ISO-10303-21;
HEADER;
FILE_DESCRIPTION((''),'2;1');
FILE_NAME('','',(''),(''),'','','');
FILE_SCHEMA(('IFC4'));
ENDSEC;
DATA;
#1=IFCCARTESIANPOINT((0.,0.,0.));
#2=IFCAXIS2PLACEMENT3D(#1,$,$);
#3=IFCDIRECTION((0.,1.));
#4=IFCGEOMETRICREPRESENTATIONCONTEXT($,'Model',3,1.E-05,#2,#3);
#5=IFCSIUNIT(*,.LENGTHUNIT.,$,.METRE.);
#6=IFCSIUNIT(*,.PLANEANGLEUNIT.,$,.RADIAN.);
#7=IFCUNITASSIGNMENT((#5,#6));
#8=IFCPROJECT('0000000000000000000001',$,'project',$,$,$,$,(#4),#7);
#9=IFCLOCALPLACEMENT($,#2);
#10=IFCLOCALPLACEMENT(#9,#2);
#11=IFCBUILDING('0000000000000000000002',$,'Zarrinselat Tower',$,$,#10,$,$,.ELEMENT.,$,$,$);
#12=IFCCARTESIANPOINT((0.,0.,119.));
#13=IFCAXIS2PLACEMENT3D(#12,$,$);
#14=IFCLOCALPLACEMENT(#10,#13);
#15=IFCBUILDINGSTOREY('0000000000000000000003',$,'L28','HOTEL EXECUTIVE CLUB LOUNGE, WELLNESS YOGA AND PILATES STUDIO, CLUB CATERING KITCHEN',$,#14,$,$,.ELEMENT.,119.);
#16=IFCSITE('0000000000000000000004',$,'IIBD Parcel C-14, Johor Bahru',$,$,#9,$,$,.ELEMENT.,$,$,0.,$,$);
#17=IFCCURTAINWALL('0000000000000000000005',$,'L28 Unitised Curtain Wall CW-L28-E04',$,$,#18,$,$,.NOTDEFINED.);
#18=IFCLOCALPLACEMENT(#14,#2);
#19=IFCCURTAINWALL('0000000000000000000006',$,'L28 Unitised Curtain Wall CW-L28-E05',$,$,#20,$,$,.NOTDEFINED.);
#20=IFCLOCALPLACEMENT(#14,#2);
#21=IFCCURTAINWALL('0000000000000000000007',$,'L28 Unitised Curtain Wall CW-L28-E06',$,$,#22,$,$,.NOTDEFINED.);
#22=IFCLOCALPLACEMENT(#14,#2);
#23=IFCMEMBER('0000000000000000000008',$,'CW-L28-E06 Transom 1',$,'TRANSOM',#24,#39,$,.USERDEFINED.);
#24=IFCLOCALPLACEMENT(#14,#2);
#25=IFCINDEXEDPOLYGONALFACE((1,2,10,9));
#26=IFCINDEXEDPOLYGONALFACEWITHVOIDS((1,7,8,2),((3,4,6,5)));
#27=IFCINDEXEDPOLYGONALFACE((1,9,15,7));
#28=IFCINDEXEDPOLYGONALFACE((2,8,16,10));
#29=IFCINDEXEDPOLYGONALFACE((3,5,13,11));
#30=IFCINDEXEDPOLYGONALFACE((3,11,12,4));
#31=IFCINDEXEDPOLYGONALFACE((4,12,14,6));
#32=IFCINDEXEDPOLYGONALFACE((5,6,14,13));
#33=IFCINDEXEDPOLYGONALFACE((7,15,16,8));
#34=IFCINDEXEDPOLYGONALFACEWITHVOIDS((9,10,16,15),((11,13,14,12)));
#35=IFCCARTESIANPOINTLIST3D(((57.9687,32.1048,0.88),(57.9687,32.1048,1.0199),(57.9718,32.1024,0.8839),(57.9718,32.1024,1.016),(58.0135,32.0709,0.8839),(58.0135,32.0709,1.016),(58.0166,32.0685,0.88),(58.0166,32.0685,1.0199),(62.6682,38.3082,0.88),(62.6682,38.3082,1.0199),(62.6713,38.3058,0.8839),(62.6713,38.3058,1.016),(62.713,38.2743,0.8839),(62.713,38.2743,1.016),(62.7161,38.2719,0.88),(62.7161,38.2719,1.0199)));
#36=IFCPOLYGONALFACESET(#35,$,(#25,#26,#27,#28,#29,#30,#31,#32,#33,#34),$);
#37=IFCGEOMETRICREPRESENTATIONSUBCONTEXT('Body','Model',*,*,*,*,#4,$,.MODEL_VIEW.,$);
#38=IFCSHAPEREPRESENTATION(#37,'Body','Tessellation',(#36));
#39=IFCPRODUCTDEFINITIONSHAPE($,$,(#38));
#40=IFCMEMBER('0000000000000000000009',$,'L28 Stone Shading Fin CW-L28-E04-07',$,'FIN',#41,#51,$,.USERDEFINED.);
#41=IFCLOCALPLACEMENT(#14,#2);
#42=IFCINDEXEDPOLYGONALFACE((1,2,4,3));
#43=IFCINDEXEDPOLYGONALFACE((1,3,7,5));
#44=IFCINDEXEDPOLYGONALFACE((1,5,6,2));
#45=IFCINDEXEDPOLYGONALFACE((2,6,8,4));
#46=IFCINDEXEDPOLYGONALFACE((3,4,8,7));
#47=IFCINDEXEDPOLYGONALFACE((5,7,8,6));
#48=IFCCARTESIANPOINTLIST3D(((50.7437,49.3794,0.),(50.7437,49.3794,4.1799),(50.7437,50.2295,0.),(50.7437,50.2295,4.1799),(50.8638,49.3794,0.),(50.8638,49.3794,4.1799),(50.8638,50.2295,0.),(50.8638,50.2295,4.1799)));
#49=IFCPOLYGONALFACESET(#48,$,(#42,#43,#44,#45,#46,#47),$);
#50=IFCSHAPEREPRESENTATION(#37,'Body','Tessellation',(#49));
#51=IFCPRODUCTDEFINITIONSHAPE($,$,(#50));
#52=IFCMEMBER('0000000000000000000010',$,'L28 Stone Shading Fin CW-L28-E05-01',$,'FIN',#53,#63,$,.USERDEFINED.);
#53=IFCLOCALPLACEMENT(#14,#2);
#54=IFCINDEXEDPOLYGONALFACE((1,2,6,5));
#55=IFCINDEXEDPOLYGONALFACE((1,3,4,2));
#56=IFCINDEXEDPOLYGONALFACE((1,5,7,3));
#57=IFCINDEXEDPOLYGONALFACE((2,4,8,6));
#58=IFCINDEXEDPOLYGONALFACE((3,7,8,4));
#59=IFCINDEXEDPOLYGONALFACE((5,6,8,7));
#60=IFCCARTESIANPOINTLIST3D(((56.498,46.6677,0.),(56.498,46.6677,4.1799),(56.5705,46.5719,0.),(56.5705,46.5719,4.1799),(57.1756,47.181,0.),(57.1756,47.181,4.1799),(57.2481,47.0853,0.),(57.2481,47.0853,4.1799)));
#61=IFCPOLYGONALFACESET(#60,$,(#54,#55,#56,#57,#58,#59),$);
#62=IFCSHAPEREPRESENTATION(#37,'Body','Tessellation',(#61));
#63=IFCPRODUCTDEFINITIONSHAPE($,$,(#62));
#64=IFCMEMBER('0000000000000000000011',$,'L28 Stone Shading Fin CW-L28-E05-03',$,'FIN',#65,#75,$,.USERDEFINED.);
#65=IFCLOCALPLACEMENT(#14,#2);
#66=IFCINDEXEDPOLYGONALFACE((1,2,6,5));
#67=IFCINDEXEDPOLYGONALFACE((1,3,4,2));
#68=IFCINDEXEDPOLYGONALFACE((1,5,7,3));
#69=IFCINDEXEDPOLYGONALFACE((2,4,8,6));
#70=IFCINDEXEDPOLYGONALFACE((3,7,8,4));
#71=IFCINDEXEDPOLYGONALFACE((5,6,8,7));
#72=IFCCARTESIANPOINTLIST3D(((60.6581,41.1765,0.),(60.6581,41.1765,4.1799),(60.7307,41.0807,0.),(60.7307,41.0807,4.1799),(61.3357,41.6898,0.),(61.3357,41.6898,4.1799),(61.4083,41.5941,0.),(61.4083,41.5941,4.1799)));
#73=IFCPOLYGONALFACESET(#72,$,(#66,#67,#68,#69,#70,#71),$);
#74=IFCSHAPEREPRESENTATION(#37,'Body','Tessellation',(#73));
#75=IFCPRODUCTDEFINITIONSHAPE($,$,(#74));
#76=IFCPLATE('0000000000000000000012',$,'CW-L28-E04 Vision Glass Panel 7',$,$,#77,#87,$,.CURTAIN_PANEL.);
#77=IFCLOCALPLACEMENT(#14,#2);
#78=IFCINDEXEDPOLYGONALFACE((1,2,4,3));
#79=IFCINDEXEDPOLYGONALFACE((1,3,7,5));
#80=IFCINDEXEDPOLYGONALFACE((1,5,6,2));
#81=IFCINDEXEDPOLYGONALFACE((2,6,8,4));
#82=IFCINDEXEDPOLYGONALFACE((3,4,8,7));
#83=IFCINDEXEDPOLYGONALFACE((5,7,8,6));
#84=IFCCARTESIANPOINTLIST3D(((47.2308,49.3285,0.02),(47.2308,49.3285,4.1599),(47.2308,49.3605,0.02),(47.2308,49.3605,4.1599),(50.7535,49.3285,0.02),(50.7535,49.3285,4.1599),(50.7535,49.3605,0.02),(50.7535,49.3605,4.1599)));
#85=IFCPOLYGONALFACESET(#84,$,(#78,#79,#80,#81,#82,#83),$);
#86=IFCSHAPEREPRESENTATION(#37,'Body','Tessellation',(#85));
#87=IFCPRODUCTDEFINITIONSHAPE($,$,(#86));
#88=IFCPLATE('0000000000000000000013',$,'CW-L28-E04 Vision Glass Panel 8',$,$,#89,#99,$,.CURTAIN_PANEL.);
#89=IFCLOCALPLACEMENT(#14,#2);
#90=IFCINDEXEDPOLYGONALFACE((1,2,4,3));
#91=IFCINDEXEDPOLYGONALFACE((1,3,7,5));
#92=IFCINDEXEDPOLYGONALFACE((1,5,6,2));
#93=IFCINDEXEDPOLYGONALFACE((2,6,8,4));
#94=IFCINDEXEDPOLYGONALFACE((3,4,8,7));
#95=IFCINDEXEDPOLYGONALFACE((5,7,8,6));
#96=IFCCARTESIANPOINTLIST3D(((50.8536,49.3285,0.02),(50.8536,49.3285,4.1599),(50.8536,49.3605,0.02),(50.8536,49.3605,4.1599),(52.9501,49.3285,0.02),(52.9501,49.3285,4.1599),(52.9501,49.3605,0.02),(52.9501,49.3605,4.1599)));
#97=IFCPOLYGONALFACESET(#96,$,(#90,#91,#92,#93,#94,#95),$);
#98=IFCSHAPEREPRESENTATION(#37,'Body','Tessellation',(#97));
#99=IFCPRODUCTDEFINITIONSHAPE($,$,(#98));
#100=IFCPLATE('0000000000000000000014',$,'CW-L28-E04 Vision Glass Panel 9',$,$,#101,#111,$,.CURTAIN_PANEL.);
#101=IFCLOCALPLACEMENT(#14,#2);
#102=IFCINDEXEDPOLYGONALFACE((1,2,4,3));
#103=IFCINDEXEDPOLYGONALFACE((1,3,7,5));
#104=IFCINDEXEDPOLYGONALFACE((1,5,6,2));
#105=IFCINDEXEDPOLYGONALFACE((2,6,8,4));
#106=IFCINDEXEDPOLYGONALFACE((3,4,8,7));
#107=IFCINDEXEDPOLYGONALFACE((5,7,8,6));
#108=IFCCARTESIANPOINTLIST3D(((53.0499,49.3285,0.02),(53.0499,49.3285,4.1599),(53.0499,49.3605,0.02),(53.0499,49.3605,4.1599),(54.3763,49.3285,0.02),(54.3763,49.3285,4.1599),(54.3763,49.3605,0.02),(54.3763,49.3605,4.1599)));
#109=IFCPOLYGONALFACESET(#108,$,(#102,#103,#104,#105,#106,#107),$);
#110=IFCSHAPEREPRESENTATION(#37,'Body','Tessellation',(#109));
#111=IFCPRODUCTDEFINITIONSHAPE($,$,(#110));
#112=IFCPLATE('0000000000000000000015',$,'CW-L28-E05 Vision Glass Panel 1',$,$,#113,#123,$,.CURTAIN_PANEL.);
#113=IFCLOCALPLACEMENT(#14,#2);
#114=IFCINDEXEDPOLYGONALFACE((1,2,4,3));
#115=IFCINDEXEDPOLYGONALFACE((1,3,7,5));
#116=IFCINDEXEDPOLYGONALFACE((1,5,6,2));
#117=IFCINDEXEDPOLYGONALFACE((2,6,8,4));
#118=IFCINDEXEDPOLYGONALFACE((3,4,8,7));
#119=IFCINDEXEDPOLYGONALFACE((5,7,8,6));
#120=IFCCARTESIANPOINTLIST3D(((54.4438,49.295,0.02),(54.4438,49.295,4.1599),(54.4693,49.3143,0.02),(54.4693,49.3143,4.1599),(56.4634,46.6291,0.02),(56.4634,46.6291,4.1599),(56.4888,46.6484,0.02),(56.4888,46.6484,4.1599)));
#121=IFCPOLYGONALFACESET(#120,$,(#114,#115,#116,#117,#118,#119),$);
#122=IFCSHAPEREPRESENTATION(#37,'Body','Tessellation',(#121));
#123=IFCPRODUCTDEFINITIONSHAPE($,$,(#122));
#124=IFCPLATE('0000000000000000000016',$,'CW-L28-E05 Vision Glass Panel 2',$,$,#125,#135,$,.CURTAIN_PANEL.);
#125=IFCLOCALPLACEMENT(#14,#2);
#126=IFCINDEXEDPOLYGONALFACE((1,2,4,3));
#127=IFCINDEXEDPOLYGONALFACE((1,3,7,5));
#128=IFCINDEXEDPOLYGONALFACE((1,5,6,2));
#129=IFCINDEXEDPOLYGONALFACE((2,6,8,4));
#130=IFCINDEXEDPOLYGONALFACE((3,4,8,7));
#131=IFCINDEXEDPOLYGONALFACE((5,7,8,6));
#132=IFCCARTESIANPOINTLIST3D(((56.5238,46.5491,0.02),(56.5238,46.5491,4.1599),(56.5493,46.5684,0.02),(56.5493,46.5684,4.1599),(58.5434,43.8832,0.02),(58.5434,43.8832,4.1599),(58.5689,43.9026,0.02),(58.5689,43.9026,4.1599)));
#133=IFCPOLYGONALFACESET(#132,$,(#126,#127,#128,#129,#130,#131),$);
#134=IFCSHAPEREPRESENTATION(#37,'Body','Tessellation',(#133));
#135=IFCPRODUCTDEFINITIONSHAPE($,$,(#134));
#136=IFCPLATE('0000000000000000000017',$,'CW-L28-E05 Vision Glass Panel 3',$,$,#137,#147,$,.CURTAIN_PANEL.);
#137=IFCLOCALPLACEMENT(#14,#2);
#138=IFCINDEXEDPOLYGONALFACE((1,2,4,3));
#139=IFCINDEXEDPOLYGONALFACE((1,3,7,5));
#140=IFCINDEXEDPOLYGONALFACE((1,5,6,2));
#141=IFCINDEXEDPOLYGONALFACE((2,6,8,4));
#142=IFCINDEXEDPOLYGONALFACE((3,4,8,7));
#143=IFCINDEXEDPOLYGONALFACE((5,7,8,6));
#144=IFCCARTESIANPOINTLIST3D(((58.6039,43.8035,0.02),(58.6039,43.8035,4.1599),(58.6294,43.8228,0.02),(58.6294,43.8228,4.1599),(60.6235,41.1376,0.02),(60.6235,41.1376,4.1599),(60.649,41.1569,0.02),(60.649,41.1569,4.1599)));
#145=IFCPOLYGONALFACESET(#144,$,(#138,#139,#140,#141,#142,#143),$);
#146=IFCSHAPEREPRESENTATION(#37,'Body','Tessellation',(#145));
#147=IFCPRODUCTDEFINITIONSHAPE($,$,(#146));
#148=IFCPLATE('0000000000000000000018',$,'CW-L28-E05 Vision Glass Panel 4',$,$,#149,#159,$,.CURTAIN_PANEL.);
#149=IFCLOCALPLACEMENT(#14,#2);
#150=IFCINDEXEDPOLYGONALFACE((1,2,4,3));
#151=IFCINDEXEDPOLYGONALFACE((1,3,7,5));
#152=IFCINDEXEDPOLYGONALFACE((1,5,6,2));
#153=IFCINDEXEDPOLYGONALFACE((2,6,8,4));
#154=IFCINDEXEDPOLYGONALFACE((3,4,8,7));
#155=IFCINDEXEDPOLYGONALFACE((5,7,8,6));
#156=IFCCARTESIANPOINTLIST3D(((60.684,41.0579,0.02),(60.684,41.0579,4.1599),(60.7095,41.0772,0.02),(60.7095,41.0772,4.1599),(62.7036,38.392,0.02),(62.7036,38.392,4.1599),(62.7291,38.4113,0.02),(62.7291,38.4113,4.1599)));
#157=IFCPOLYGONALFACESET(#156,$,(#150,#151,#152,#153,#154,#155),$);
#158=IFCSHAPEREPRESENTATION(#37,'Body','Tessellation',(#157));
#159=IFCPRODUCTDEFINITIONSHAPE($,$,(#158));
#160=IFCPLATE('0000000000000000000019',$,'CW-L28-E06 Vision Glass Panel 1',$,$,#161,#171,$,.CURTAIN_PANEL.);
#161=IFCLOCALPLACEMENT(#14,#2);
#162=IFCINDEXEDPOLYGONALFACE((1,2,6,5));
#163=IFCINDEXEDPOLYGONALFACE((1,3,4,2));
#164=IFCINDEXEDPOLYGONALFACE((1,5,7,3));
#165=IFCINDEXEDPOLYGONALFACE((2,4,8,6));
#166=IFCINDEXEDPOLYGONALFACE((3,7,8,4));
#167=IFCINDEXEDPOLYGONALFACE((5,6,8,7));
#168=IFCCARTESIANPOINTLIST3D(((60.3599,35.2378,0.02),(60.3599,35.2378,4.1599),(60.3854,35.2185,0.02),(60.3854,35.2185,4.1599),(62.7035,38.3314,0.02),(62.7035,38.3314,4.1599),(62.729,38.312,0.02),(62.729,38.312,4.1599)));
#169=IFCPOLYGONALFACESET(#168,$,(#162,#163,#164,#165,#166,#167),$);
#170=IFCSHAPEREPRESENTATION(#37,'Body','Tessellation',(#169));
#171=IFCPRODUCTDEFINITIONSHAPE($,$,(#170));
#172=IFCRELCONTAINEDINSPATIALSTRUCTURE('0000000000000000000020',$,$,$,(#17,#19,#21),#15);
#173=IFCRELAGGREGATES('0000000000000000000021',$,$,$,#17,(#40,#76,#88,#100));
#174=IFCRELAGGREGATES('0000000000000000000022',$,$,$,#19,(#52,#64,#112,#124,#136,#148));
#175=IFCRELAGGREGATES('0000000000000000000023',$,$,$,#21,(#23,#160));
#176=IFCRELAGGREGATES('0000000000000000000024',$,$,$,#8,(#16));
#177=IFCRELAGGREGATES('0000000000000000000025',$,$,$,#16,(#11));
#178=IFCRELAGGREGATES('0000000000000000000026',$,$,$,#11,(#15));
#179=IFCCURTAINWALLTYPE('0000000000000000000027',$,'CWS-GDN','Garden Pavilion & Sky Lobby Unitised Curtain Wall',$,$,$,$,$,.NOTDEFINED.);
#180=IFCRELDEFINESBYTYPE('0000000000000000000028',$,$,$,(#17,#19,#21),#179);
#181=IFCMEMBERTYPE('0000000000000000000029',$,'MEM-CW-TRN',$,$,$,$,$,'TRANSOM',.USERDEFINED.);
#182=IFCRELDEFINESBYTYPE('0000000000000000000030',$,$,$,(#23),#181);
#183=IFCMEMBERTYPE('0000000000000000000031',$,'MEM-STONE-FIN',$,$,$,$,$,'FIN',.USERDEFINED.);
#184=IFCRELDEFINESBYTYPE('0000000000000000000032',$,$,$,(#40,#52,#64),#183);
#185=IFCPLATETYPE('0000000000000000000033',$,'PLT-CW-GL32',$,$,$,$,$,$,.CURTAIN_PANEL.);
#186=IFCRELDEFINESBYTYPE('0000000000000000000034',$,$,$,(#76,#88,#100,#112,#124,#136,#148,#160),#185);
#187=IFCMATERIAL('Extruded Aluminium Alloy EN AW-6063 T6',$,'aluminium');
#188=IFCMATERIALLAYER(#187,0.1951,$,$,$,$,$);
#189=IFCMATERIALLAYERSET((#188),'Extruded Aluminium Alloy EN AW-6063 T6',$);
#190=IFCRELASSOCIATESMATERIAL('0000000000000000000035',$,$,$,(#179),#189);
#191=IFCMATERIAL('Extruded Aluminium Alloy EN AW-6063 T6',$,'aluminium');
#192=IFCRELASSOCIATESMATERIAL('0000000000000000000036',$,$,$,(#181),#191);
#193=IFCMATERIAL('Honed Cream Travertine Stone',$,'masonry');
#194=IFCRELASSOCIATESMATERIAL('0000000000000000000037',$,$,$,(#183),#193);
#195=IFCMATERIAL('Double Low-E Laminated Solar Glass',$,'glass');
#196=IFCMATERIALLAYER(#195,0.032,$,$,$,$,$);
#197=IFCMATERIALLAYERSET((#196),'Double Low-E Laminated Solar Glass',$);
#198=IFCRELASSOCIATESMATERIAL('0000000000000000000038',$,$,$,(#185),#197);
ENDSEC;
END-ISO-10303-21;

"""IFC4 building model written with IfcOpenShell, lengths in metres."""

from ifc_helpers import new_model, si_unit, direction, frame, origin, origin_2d, place, context, subcontext, project, spatial, rectangle, hollow_rectangle, extrude, material, layer, layer_set, material_profile, profile_set, type_object, element, aggregate, save


model = new_model("IFC4")

# Units and contexts
model_context = context("Model", 3, precision=1e-05, world=origin(), true_north=direction((0.0, 1.0)))
body_context = subcontext(model_context, "Body", "Model", "MODEL_VIEW")
ifc_project = project(units=[si_unit("LENGTHUNIT", "METRE"), si_unit("PLANEANGLEUNIT", "RADIAN")], contexts=[model_context])

# Site, building, storey
site_placement = place(None, origin())
site = spatial("IfcSite", under=ifc_project, at=site_placement, Name="IIBD Parcel C-14, Johor Bahru", CompositionType="ELEMENT", RefElevation=0.0)
building_placement = place(site_placement, origin())
building = spatial("IfcBuilding", under=site, at=building_placement, Name="Zarrinselat Tower", CompositionType="ELEMENT")
storey_placement = place(building_placement, frame((0.0, 0.0, 119.0)))
storey = spatial("IfcBuildingStorey", under=building, at=storey_placement, Name="L28", Description="HOTEL EXECUTIVE CLUB LOUNGE, WELLNESS YOGA AND PILATES STUDIO, CLUB CATERING KITCHEN", CompositionType="ELEMENT", Elevation=119.0)

# Curtain walls
ifc_material_1 = material(Name="Extruded Aluminium Alloy EN AW-6063 T6", Category="aluminium")
ifc_layer_1 = layer(ifc_material_1, 0.1951)
ifc_layer_set_1 = layer_set([ifc_layer_1], Name="Extruded Aluminium Alloy EN AW-6063 T6")
curtain_wall_type = type_object("IfcCurtainWallType", Name="CWS-GDN", Description="Garden Pavilion & Sky Lobby Unitised Curtain Wall", PredefinedType="NOTDEFINED", material=ifc_layer_set_1)
curtain_wall_1_placement = place(storey_placement, origin())
curtain_wall_1 = element("IfcCurtainWall", 1, at=curtain_wall_1_placement, inside=storey, type_object=curtain_wall_type, Name="L28 Unitised Curtain Wall CW-L28-E04", PredefinedType="NOTDEFINED")
curtain_wall_2_placement = place(storey_placement, origin())
curtain_wall_2 = element("IfcCurtainWall", 2, at=curtain_wall_2_placement, inside=storey, type_object=curtain_wall_type, Name="L28 Unitised Curtain Wall CW-L28-E05", PredefinedType="NOTDEFINED")
ifc_material_2 = material(Name="Extruded Aluminium Alloy EN AW-6063 T6", Category="aluminium")
ifc_material_profile_1 = material_profile(ifc_material_2, hollow_rectangle(XDim=0.0601, YDim=0.1399, WallThickness=0.0039, at=origin_2d()), Name="RHS 140x60x4")
ifc_profile_set_1 = profile_set([ifc_material_profile_1], Name="Extruded Aluminium Alloy EN AW-6063 T6")
member_type_1 = type_object("IfcMemberType", Name="MEM-CW-TRN", ElementType="TRANSOM", PredefinedType="USERDEFINED", material=ifc_profile_set_1)

# Curtain wall, member
curtain_wall_3_placement = place(storey_placement, origin())
curtain_wall_3 = element("IfcCurtainWall", 3, at=curtain_wall_3_placement, inside=storey, type_object=curtain_wall_type, Name="L28 Unitised Curtain Wall CW-L28-E06", PredefinedType="NOTDEFINED")
member_1_placement = place(storey_placement, frame((62.6921, 38.29, 0.95), z_axis=(-0.603853, -0.797096, 0.0), x_axis=(0.797096, -0.603853, 0.0)))
member_1 = element("IfcMember", 4, at=member_1_placement, type_object=member_type_1, Name="CW-L28-E06 Transom 1", ObjectType="TRANSOM", PredefinedType="USERDEFINED", context=body_context, shape_type="SweptSolid", body=[
    extrude(hollow_rectangle(XDim=0.0601, YDim=0.1399, WallThickness=0.0039, at=origin_2d()), origin(), (0.0, 0.0, 1.0), 7.7825),
])

# Members
ifc_material_3 = material(Name="Honed Cream Travertine Stone", Category="masonry")
ifc_material_profile_2 = material_profile(ifc_material_3, rectangle(XDim=0.1201, YDim=0.8501, at=origin_2d()), Name="FIN 850x120")
ifc_profile_set_2 = profile_set([ifc_material_profile_2], Name="Honed Cream Travertine Stone")
member_type_2 = type_object("IfcMemberType", Name="MEM-STONE-FIN", ElementType="FIN", PredefinedType="USERDEFINED", material=ifc_profile_set_2)
member_2_placement = place(storey_placement, frame((50.8037, 49.8044, 0.0), z_axis=(0.0, 0.0, 1.0), x_axis=(1.0, 0.0, 0.0)))
member_2 = element("IfcMember", 5, at=member_2_placement, type_object=member_type_2, Name="L28 Stone Shading Fin CW-L28-E04-07", ObjectType="FIN", PredefinedType="USERDEFINED", context=body_context, shape_type="SweptSolid", body=[
    extrude(rectangle(XDim=0.1201, YDim=0.8501, at=origin_2d()), origin(), (0.0, 0.0, 1.0), 4.1799),
])
member_3_placement = place(storey_placement, frame((56.873, 46.8765, 0.0), z_axis=(0.0, 0.0, 1.0), x_axis=(0.603856, -0.797093, 0.0)))
member_3 = element("IfcMember", 6, at=member_3_placement, type_object=member_type_2, Name="L28 Stone Shading Fin CW-L28-E05-01", ObjectType="FIN", PredefinedType="USERDEFINED", context=body_context, shape_type="SweptSolid", body=[
    extrude(rectangle(XDim=0.1201, YDim=0.8501, at=origin_2d()), origin(), (0.0, 0.0, 1.0), 4.1799),
])
member_4_placement = place(storey_placement, frame((61.0332, 41.3853, 0.0), z_axis=(0.0, 0.0, 1.0), x_axis=(0.603856, -0.797093, 0.0)))
member_4 = element("IfcMember", 7, at=member_4_placement, type_object=member_type_2, Name="L28 Stone Shading Fin CW-L28-E05-03", ObjectType="FIN", PredefinedType="USERDEFINED", context=body_context, shape_type="SweptSolid", body=[
    extrude(rectangle(XDim=0.1201, YDim=0.8501, at=origin_2d()), origin(), (0.0, 0.0, 1.0), 4.1799),
])

# Plates
ifc_material_4 = material(Name="Double Low-E Laminated Solar Glass", Category="glass")
ifc_layer_2 = layer(ifc_material_4, 0.032)
ifc_layer_set_2 = layer_set([ifc_layer_2], Name="Double Low-E Laminated Solar Glass")
plate_type = type_object("IfcPlateType", Name="PLT-CW-GL32", PredefinedType="CURTAIN_PANEL", material=ifc_layer_set_2)
plate_1_placement = place(storey_placement, frame((48.9922, 49.3445, 0.02), z_axis=(0.0, 0.0, 1.0), x_axis=(1.0, 0.0, 0.0)))
plate_1 = element("IfcPlate", 8, at=plate_1_placement, type_object=plate_type, Name="CW-L28-E04 Vision Glass Panel 7", PredefinedType="CURTAIN_PANEL", context=body_context, shape_type="SweptSolid", body=[
    extrude(rectangle(XDim=3.5227, YDim=0.032, at=origin_2d()), origin(), (0.0, 0.0, 1.0), 4.1399),
])
plate_2_placement = place(storey_placement, frame((51.9019, 49.3445, 0.02), z_axis=(0.0, 0.0, 1.0), x_axis=(1.0, 0.0, 0.0)))
plate_2 = element("IfcPlate", 9, at=plate_2_placement, type_object=plate_type, Name="CW-L28-E04 Vision Glass Panel 8", PredefinedType="CURTAIN_PANEL", context=body_context, shape_type="SweptSolid", body=[
    extrude(rectangle(XDim=2.0964, YDim=0.032, at=origin_2d()), origin(), (0.0, 0.0, 1.0), 4.1399),
])
plate_3_placement = place(storey_placement, frame((53.7131, 49.3445, 0.02), z_axis=(0.0, 0.0, 1.0), x_axis=(1.0, 0.0, 0.0)))
plate_3 = element("IfcPlate", 10, at=plate_3_placement, type_object=plate_type, Name="CW-L28-E04 Vision Glass Panel 9", PredefinedType="CURTAIN_PANEL", context=body_context, shape_type="SweptSolid", body=[
    extrude(rectangle(XDim=1.3264, YDim=0.032, at=origin_2d()), origin(), (0.0, 0.0, 1.0), 4.1399),
])
aggregate(curtain_wall_1, [member_2, plate_1, plate_2, plate_3])
plate_4_placement = place(storey_placement, frame((55.4663, 47.9717, 0.02), z_axis=(0.0, 0.0, 1.0), x_axis=(0.603856, -0.797093, 0.0)))
plate_4 = element("IfcPlate", 11, at=plate_4_placement, type_object=plate_type, Name="CW-L28-E05 Vision Glass Panel 1", PredefinedType="CURTAIN_PANEL", context=body_context, shape_type="SweptSolid", body=[
    extrude(rectangle(XDim=3.3445, YDim=0.032, at=origin_2d()), origin(), (0.0, 0.0, 1.0), 4.1399),
])
plate_5_placement = place(storey_placement, frame((57.5464, 45.2258, 0.02), z_axis=(0.0, 0.0, 1.0), x_axis=(0.603856, -0.797093, 0.0)))
plate_5 = element("IfcPlate", 12, at=plate_5_placement, type_object=plate_type, Name="CW-L28-E05 Vision Glass Panel 2", PredefinedType="CURTAIN_PANEL", context=body_context, shape_type="SweptSolid", body=[
    extrude(rectangle(XDim=3.3445, YDim=0.032, at=origin_2d()), origin(), (0.0, 0.0, 1.0), 4.1399),
])
plate_6_placement = place(storey_placement, frame((59.6265, 42.4802, 0.02), z_axis=(0.0, 0.0, 1.0), x_axis=(0.603856, -0.797093, 0.0)))
plate_6 = element("IfcPlate", 13, at=plate_6_placement, type_object=plate_type, Name="CW-L28-E05 Vision Glass Panel 3", PredefinedType="CURTAIN_PANEL", context=body_context, shape_type="SweptSolid", body=[
    extrude(rectangle(XDim=3.3445, YDim=0.032, at=origin_2d()), origin(), (0.0, 0.0, 1.0), 4.1399),
])
plate_7_placement = place(storey_placement, frame((61.7065, 39.7346, 0.02), z_axis=(0.0, 0.0, 1.0), x_axis=(0.603856, -0.797093, 0.0)))
plate_7 = element("IfcPlate", 14, at=plate_7_placement, type_object=plate_type, Name="CW-L28-E05 Vision Glass Panel 4", PredefinedType="CURTAIN_PANEL", context=body_context, shape_type="SweptSolid", body=[
    extrude(rectangle(XDim=3.3445, YDim=0.032, at=origin_2d()), origin(), (0.0, 0.0, 1.0), 4.1399),
])
aggregate(curtain_wall_2, [member_3, member_4, plate_4, plate_5, plate_6, plate_7])
plate_8_placement = place(storey_placement, frame((61.5444, 36.7749, 0.02), z_axis=(0.0, 0.0, 1.0), x_axis=(-0.60386, -0.79709, 0.0)))
plate_8 = element("IfcPlate", 15, at=plate_8_placement, type_object=plate_type, Name="CW-L28-E06 Vision Glass Panel 1", PredefinedType="CURTAIN_PANEL", context=body_context, shape_type="SweptSolid", body=[
    extrude(rectangle(XDim=3.8811, YDim=0.032, at=origin_2d()), origin(), (0.0, 0.0, 1.0), 4.1399),
])
aggregate(curtain_wall_3, [member_1, plate_8])

save(model, "model.ifc")
